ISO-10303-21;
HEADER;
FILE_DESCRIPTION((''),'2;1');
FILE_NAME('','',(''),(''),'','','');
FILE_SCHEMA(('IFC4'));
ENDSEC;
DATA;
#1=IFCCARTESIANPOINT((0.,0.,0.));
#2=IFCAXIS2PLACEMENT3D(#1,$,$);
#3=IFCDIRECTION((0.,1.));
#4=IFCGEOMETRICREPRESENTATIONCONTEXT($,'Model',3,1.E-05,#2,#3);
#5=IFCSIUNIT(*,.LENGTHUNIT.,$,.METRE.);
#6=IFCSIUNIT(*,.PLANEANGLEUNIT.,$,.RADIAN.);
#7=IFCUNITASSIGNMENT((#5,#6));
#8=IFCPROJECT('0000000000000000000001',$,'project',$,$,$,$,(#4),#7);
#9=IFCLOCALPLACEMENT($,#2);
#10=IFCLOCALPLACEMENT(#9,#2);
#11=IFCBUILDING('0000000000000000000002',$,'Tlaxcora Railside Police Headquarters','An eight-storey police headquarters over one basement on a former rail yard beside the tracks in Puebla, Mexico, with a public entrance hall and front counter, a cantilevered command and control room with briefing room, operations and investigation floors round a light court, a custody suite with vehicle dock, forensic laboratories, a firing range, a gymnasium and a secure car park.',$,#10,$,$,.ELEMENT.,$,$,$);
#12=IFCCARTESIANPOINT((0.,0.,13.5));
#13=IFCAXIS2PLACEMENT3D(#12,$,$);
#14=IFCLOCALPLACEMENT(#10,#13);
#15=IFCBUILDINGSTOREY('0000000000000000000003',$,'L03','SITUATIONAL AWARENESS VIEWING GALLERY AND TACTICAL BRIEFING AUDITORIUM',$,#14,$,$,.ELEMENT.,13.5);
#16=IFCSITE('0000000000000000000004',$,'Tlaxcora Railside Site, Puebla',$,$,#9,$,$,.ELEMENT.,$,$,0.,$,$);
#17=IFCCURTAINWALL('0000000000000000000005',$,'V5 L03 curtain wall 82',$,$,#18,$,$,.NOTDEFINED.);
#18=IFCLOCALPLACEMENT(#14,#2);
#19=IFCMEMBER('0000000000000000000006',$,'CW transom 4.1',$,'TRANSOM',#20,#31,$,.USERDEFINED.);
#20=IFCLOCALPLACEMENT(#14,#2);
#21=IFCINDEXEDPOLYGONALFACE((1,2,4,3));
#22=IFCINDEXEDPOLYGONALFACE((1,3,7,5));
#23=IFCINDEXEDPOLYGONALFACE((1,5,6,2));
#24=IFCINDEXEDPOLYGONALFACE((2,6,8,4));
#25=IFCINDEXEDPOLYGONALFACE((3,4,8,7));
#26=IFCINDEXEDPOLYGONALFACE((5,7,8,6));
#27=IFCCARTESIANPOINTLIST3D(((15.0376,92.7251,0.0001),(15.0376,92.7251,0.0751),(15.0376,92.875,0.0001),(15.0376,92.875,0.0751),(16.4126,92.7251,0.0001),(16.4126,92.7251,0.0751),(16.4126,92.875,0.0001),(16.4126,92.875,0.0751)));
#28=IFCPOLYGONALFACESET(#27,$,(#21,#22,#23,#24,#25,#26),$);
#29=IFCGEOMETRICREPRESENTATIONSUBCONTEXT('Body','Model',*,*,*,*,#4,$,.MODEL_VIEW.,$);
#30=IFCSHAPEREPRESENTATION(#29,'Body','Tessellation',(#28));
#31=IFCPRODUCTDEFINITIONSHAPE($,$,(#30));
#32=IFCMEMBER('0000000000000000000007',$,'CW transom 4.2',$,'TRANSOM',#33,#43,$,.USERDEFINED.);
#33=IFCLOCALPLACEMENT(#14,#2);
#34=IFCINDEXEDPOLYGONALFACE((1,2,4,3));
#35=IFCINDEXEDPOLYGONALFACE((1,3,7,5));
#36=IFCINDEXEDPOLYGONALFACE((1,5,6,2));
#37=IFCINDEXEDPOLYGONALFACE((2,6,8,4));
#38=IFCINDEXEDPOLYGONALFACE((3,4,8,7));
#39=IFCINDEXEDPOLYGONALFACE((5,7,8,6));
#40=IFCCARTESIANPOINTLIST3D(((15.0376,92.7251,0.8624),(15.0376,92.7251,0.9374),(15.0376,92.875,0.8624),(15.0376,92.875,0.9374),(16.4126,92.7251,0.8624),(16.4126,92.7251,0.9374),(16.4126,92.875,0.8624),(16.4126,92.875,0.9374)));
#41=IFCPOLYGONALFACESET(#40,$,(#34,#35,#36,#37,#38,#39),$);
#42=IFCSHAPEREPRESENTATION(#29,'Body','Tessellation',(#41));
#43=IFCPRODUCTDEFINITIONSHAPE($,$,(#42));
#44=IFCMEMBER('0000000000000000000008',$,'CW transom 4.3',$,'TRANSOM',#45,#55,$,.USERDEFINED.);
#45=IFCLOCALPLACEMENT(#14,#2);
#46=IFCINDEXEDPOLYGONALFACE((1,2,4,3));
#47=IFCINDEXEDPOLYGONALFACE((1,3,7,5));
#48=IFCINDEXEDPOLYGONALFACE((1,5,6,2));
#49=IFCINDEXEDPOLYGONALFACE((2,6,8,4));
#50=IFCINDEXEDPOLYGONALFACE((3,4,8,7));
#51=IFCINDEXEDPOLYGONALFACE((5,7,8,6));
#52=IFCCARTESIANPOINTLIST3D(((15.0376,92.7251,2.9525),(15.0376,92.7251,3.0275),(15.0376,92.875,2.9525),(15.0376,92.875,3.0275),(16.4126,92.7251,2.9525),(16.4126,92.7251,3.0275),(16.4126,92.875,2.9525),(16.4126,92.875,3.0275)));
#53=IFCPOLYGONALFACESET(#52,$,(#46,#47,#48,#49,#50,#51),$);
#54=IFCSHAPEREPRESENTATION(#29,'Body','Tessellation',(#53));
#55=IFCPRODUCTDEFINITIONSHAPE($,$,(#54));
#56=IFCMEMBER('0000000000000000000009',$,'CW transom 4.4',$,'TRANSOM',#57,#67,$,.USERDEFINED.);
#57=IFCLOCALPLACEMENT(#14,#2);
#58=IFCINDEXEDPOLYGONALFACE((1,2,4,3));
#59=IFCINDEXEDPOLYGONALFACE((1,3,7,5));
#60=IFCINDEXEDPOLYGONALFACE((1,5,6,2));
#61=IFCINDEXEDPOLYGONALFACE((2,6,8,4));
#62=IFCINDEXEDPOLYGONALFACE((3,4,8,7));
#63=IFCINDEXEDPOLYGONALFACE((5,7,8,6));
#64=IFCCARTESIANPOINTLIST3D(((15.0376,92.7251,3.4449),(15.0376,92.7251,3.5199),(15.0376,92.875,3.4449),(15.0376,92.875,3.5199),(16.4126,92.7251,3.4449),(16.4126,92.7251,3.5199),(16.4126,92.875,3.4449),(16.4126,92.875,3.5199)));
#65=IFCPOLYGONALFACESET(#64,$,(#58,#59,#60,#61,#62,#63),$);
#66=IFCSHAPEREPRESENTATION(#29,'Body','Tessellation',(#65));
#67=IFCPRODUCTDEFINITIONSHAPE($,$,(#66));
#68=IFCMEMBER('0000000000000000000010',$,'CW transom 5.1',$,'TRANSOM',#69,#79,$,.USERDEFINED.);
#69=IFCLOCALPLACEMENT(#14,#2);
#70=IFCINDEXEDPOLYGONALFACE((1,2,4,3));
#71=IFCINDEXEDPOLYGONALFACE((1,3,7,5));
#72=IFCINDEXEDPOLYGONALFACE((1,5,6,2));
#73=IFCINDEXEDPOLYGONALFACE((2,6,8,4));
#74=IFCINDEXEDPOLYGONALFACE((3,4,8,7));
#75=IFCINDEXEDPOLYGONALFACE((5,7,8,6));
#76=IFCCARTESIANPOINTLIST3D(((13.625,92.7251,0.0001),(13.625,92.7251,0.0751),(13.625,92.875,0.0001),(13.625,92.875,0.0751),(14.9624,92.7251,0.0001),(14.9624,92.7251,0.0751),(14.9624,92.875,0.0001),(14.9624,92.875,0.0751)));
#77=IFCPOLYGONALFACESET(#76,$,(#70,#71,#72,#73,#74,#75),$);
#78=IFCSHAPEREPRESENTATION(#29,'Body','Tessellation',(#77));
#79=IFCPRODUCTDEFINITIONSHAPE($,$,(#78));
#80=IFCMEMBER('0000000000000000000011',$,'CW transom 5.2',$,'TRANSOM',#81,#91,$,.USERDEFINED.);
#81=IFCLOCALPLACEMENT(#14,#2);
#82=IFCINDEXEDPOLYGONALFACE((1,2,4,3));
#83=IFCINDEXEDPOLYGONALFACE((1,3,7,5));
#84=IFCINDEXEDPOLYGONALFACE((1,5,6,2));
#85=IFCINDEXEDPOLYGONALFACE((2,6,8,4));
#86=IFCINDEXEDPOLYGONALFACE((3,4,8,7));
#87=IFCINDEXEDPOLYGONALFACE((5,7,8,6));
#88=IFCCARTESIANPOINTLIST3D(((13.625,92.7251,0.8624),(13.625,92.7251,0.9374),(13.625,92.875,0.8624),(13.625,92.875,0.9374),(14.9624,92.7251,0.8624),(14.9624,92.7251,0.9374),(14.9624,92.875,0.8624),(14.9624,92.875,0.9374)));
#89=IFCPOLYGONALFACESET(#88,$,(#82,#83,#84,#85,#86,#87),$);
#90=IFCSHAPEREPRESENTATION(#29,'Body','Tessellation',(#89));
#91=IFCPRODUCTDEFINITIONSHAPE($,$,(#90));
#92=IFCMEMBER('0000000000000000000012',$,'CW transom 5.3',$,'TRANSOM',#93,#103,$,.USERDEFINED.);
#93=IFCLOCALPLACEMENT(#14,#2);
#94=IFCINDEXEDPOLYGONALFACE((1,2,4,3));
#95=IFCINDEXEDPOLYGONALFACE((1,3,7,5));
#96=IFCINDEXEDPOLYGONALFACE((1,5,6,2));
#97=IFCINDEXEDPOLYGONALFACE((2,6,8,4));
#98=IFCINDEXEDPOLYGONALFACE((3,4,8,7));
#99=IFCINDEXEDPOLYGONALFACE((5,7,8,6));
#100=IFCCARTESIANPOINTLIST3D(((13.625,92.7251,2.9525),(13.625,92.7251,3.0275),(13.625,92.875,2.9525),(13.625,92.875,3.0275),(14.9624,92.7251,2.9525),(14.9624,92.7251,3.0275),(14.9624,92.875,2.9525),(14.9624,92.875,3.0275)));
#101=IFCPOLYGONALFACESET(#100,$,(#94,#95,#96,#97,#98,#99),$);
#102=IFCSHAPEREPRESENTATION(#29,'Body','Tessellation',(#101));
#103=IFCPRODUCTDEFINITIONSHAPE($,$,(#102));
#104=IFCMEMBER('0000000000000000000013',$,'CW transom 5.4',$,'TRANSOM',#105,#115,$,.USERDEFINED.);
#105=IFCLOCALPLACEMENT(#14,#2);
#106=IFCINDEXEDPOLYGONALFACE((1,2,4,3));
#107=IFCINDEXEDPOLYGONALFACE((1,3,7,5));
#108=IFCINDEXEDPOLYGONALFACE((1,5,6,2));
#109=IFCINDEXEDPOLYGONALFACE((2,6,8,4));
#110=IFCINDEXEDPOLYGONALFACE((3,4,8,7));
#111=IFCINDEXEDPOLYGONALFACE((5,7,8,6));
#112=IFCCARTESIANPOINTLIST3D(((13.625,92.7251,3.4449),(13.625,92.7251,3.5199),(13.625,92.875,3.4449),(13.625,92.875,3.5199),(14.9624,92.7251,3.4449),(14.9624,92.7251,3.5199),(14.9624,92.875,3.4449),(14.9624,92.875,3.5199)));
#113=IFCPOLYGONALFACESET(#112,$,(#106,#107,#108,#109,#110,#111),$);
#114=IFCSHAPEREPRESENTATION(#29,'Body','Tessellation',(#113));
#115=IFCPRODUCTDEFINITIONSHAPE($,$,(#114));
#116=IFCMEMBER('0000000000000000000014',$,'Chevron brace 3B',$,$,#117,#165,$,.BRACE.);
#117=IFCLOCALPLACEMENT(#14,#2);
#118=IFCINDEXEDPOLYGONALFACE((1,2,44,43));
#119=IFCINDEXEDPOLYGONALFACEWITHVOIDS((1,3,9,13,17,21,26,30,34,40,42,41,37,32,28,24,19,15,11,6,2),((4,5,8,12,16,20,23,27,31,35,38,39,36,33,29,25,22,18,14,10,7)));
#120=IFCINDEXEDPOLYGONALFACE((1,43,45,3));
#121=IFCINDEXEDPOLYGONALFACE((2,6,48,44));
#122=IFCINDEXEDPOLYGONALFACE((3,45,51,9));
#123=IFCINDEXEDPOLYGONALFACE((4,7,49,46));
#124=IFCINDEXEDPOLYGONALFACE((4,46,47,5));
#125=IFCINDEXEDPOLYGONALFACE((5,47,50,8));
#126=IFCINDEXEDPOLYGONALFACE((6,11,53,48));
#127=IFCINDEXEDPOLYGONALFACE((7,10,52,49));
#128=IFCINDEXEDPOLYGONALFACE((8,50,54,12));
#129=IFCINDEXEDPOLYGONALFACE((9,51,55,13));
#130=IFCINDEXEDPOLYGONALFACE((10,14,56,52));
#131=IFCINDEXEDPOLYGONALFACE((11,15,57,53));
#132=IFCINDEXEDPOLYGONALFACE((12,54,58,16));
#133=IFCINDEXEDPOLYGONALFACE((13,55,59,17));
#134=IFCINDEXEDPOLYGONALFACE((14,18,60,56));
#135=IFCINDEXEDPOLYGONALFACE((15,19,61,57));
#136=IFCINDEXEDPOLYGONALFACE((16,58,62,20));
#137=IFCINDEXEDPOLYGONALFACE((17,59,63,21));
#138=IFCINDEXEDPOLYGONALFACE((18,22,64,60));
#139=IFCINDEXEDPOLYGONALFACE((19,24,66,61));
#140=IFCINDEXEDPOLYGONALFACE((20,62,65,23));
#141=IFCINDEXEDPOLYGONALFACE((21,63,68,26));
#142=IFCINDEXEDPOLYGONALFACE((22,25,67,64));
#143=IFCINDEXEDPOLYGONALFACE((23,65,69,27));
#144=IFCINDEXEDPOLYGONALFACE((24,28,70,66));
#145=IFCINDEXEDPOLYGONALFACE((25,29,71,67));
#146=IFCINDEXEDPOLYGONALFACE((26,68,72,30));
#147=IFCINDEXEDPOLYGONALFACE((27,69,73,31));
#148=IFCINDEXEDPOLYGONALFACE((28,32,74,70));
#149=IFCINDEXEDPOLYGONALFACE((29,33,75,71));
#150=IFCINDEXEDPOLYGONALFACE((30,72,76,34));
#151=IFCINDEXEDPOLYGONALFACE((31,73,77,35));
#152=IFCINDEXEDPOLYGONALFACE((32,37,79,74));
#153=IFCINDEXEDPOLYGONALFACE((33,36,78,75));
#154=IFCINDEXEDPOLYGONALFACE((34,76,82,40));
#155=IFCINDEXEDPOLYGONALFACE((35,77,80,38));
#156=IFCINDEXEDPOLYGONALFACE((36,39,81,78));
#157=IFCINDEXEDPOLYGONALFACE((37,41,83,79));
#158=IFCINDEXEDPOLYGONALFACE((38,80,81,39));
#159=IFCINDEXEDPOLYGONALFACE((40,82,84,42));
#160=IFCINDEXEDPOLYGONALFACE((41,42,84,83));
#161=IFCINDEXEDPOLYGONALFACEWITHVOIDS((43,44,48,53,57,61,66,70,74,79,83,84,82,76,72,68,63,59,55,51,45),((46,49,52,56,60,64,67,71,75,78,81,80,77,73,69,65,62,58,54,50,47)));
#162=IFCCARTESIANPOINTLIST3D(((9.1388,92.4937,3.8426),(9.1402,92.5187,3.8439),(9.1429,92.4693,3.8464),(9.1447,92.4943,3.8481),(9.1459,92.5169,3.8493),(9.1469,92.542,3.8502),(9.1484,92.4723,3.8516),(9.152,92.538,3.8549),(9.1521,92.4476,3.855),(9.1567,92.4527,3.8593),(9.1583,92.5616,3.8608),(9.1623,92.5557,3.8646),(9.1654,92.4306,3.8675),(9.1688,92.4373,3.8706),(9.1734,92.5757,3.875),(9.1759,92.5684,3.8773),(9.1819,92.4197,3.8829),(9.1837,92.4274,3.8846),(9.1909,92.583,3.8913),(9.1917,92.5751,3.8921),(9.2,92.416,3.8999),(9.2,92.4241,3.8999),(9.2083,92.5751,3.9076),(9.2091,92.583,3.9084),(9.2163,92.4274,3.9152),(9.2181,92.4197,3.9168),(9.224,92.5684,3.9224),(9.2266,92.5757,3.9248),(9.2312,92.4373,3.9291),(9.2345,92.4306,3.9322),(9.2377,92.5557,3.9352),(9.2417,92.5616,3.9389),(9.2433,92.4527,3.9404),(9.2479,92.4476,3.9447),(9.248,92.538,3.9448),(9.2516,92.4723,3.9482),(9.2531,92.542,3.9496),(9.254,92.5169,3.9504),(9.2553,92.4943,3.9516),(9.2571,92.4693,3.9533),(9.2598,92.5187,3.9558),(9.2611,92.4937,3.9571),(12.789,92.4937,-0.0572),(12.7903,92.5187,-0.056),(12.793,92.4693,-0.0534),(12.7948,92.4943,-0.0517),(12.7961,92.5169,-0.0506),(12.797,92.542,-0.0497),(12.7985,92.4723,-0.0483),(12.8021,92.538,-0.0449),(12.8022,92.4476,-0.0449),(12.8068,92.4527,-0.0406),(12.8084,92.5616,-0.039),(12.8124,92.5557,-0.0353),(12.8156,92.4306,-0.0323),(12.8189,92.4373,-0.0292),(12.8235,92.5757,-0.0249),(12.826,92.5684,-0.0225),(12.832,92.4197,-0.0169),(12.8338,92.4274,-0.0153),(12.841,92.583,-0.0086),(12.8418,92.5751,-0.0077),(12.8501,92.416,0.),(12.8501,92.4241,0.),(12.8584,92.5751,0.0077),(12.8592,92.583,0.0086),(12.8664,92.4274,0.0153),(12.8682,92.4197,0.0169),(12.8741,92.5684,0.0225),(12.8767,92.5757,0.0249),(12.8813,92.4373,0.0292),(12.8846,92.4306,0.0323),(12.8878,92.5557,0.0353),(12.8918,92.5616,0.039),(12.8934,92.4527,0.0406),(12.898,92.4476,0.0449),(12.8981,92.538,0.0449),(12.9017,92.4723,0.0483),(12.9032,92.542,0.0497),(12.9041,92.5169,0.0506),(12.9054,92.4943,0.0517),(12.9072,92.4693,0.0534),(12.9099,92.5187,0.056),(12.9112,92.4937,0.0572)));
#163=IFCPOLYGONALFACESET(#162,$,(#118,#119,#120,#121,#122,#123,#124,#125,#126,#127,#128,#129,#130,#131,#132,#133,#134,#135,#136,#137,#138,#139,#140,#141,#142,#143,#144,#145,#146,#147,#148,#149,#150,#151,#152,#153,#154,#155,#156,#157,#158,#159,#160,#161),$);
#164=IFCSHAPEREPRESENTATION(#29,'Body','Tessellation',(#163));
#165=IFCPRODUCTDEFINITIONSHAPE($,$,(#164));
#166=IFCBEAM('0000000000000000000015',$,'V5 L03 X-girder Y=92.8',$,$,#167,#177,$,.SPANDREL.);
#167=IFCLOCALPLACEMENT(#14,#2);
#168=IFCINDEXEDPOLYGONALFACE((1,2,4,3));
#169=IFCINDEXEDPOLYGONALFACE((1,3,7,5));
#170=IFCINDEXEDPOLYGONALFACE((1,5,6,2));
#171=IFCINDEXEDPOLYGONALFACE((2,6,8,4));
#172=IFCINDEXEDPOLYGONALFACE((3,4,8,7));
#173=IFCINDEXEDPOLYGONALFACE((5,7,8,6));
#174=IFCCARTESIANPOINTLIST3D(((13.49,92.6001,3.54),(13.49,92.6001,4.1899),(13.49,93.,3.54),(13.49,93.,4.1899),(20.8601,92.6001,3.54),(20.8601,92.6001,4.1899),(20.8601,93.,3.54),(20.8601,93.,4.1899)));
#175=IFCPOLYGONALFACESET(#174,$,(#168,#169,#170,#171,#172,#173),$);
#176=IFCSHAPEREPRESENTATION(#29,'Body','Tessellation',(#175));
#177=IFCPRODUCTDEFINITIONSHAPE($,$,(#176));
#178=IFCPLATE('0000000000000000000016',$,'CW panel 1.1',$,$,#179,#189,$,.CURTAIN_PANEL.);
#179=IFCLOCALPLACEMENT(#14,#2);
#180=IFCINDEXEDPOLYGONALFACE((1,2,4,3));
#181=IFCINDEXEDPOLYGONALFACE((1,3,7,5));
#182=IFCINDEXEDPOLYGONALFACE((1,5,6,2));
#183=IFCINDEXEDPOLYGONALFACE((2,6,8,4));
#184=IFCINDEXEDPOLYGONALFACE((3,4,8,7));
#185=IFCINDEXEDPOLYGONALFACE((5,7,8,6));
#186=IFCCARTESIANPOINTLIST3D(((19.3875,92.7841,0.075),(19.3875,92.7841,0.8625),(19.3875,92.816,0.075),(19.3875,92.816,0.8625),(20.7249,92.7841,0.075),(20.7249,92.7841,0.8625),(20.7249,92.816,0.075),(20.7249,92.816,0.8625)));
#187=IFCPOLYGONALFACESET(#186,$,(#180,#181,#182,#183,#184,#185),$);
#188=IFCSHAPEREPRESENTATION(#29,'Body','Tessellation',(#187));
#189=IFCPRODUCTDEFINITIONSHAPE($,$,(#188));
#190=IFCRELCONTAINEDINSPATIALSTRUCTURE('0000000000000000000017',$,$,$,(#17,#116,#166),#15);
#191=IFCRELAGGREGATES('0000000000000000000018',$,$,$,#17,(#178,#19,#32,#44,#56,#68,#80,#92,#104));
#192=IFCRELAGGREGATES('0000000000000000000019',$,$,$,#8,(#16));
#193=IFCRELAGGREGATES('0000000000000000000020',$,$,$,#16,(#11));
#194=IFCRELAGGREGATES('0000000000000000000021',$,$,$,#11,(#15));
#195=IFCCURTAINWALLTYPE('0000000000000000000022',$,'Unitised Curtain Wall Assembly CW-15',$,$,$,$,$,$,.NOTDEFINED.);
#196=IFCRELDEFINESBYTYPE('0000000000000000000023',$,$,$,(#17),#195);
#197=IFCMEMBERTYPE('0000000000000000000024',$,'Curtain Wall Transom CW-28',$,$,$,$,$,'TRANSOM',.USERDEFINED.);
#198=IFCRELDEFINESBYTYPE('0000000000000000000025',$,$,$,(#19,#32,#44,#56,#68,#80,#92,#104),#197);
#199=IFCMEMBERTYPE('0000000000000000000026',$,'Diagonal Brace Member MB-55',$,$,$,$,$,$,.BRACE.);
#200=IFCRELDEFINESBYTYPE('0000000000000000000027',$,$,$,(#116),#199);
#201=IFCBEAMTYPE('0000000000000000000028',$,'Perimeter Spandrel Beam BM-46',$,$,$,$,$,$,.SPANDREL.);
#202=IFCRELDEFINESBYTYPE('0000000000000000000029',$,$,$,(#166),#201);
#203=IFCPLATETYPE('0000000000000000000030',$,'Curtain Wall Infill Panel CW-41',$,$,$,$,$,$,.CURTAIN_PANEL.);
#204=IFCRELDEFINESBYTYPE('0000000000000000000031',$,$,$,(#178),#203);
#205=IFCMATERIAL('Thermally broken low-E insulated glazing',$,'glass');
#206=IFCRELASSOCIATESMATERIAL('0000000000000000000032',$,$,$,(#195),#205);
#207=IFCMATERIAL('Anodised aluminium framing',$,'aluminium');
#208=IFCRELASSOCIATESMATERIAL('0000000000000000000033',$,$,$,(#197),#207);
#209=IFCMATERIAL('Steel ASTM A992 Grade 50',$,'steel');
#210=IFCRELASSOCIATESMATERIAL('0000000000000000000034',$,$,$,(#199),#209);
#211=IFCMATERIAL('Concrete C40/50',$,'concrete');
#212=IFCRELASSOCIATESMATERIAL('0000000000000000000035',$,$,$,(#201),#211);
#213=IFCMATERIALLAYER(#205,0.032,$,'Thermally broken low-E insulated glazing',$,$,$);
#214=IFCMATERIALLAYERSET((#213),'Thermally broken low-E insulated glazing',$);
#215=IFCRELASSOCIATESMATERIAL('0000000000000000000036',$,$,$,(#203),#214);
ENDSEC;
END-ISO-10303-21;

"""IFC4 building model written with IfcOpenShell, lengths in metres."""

from ifc_helpers import new_model, si_unit, direction, frame, origin, origin_2d, place, context, subcontext, project, spatial, rectangle, hollow_circle, extrude, material, layer, layer_set, material_profile, profile_set, type_object, element, aggregate, save


model = new_model("IFC4")

# Units and contexts
model_context = context("Model", 3, precision=1e-05, world=origin(), true_north=direction((0.0, 1.0)))
body_context = subcontext(model_context, "Body", "Model", "MODEL_VIEW")
ifc_project = project(units=[si_unit("LENGTHUNIT", "METRE"), si_unit("PLANEANGLEUNIT", "RADIAN")], contexts=[model_context])

# Site, building, storey
site_placement = place(None, origin())
site = spatial("IfcSite", under=ifc_project, at=site_placement, Name="Tlaxcora Railside Site, Puebla", CompositionType="ELEMENT", RefElevation=0.0)
building_placement = place(site_placement, origin())
building = spatial("IfcBuilding", under=site, at=building_placement, Name="Tlaxcora Railside Police Headquarters", Description="An eight-storey police headquarters over one basement on a former rail yard beside the tracks in Puebla, Mexico, with a public entrance hall and front counter, a cantilevered command and control room with briefing room, operations and investigation floors round a light court, a custody suite with vehicle dock, forensic laboratories, a firing range, a gymnasium and a secure car park.", CompositionType="ELEMENT")
storey_placement = place(building_placement, frame((0.0, 0.0, 13.5)))
storey = spatial("IfcBuildingStorey", under=building, at=storey_placement, Name="L03", Description="SITUATIONAL AWARENESS VIEWING GALLERY AND TACTICAL BRIEFING AUDITORIUM", CompositionType="ELEMENT", Elevation=13.5)

# Shared definitions
ifc_material_1 = material(Name="Concrete C40/50", Category="concrete")

# Curtain wall, members
ifc_material_2 = material(Name="Thermally broken low-E insulated glazing", Category="glass")
curtain_wall_type = type_object("IfcCurtainWallType", Name="Unitised Curtain Wall Assembly CW-15", PredefinedType="NOTDEFINED", material=ifc_material_2)
curtain_wall_placement = place(storey_placement, origin())
curtain_wall = element("IfcCurtainWall", 1, at=curtain_wall_placement, inside=storey, type_object=curtain_wall_type, Name="V5 L03 curtain wall 82", PredefinedType="NOTDEFINED")
ifc_material_3 = material(Name="Anodised aluminium framing", Category="aluminium")
ifc_material_profile_1 = material_profile(ifc_material_3, rectangle(XDim=0.1499, YDim=0.075, at=origin_2d()), Name="AL75X150")
ifc_profile_set_1 = profile_set([ifc_material_profile_1], Name="Anodised aluminium framing")
member_type_1 = type_object("IfcMemberType", Name="Curtain Wall Transom CW-28", ElementType="TRANSOM", PredefinedType="USERDEFINED", material=ifc_profile_set_1)
member_1_placement = place(storey_placement, frame((16.4126, 92.8, 0.0376), z_axis=(-1.0, 0.0, 0.0), x_axis=(0.0, -1.0, 0.0)))
member_1 = element("IfcMember", 2, at=member_1_placement, type_object=member_type_1, Name="CW transom 4.1", ObjectType="TRANSOM", PredefinedType="USERDEFINED", context=body_context, shape_type="SweptSolid", body=[
    extrude(rectangle(XDim=0.1499, YDim=0.075, at=origin_2d()), origin(), (0.0, 0.0, 1.0), 1.375),
])
member_2_placement = place(storey_placement, frame((16.4126, 92.8, 0.8999), z_axis=(-1.0, 0.0, 0.0), x_axis=(0.0, -1.0, 0.0)))
member_2 = element("IfcMember", 3, at=member_2_placement, type_object=member_type_1, Name="CW transom 4.2", ObjectType="TRANSOM", PredefinedType="USERDEFINED", context=body_context, shape_type="SweptSolid", body=[
    extrude(rectangle(XDim=0.1499, YDim=0.075, at=origin_2d()), origin(), (0.0, 0.0, 1.0), 1.375),
])
member_3_placement = place(storey_placement, frame((16.4126, 92.8, 2.99), z_axis=(-1.0, 0.0, 0.0), x_axis=(0.0, -1.0, 0.0)))
member_3 = element("IfcMember", 4, at=member_3_placement, type_object=member_type_1, Name="CW transom 4.3", ObjectType="TRANSOM", PredefinedType="USERDEFINED", context=body_context, shape_type="SweptSolid", body=[
    extrude(rectangle(XDim=0.1499, YDim=0.075, at=origin_2d()), origin(), (0.0, 0.0, 1.0), 1.375),
])
member_4_placement = place(storey_placement, frame((16.4126, 92.8, 3.4824), z_axis=(-1.0, 0.0, 0.0), x_axis=(0.0, -1.0, 0.0)))
member_4 = element("IfcMember", 5, at=member_4_placement, type_object=member_type_1, Name="CW transom 4.4", ObjectType="TRANSOM", PredefinedType="USERDEFINED", context=body_context, shape_type="SweptSolid", body=[
    extrude(rectangle(XDim=0.1499, YDim=0.075, at=origin_2d()), origin(), (0.0, 0.0, 1.0), 1.375),
])
member_5_placement = place(storey_placement, frame((14.9624, 92.8, 0.0376), z_axis=(-1.0, 0.0, 0.0), x_axis=(0.0, -1.0, 0.0)))
member_5 = element("IfcMember", 6, at=member_5_placement, type_object=member_type_1, Name="CW transom 5.1", ObjectType="TRANSOM", PredefinedType="USERDEFINED", context=body_context, shape_type="SweptSolid", body=[
    extrude(rectangle(XDim=0.1499, YDim=0.075, at=origin_2d()), origin(), (0.0, 0.0, 1.0), 1.3374),
])
member_6_placement = place(storey_placement, frame((14.9624, 92.8, 0.8999), z_axis=(-1.0, 0.0, 0.0), x_axis=(0.0, -1.0, 0.0)))
member_6 = element("IfcMember", 7, at=member_6_placement, type_object=member_type_1, Name="CW transom 5.2", ObjectType="TRANSOM", PredefinedType="USERDEFINED", context=body_context, shape_type="SweptSolid", body=[
    extrude(rectangle(XDim=0.1499, YDim=0.075, at=origin_2d()), origin(), (0.0, 0.0, 1.0), 1.3374),
])
member_7_placement = place(storey_placement, frame((14.9624, 92.8, 2.99), z_axis=(-1.0, 0.0, 0.0), x_axis=(0.0, -1.0, 0.0)))
member_7 = element("IfcMember", 8, at=member_7_placement, type_object=member_type_1, Name="CW transom 5.3", ObjectType="TRANSOM", PredefinedType="USERDEFINED", context=body_context, shape_type="SweptSolid", body=[
    extrude(rectangle(XDim=0.1499, YDim=0.075, at=origin_2d()), origin(), (0.0, 0.0, 1.0), 1.3374),
])
member_8_placement = place(storey_placement, frame((14.9624, 92.8, 3.4824), z_axis=(-1.0, 0.0, 0.0), x_axis=(0.0, -1.0, 0.0)))
member_8 = element("IfcMember", 9, at=member_8_placement, type_object=member_type_1, Name="CW transom 5.4", ObjectType="TRANSOM", PredefinedType="USERDEFINED", context=body_context, shape_type="SweptSolid", body=[
    extrude(rectangle(XDim=0.1499, YDim=0.075, at=origin_2d()), origin(), (0.0, 0.0, 1.0), 1.3374),
])

# Member
ifc_material_4 = material(Name="Steel ASTM A992 Grade 50", Category="steel")
ifc_material_profile_2 = material_profile(ifc_material_4, hollow_circle(Radius=0.084, WallThickness=0.0081, at=origin_2d()), Name="CHS168X8")
ifc_profile_set_2 = profile_set([ifc_material_profile_2], Name="Steel ASTM A992 Grade 50")
member_type_2 = type_object("IfcMemberType", Name="Diagonal Brace Member MB-55", PredefinedType="BRACE", material=ifc_profile_set_2)
member_9_placement = place(storey_placement, frame((12.8501, 92.5, 0.0), z_axis=(-0.683342, 0.0, 0.730099), x_axis=(0.0, -1.0, 0.0)))
element("IfcMember", 10, at=member_9_placement, inside=storey, type_object=member_type_2, Name="Chevron brace 3B", PredefinedType="BRACE", context=body_context, shape_type="SweptSolid", body=[
    extrude(hollow_circle(Radius=0.084, WallThickness=0.0081, at=origin_2d()), origin(), (0.0, 0.0, 1.0), 5.3416),
])

# Beam
ifc_material_profile_3 = material_profile(ifc_material_1, rectangle(XDim=0.3999, YDim=0.6499, at=origin_2d()), Name="RC400X650")
ifc_profile_set_3 = profile_set([ifc_material_profile_3], Name="Concrete C40/50")
beam_type = type_object("IfcBeamType", Name="Perimeter Spandrel Beam BM-46", PredefinedType="SPANDREL", material=ifc_profile_set_3)
beam_placement = place(storey_placement, frame((13.49, 92.8, 3.865), z_axis=(1.0, 0.0, 0.0), x_axis=(0.0, 1.0, 0.0)))
element("IfcBeam", 11, at=beam_placement, inside=storey, type_object=beam_type, Name="V5 L03 X-girder Y=92.8", PredefinedType="SPANDREL", context=body_context, shape_type="SweptSolid", body=[
    extrude(rectangle(XDim=0.3999, YDim=0.6499, at=origin_2d()), origin(), (0.0, 0.0, 1.0), 7.3701),
])

# Plate
ifc_layer_1 = layer(ifc_material_2, 0.032, Name="Thermally broken low-E insulated glazing")
ifc_layer_set_1 = layer_set([ifc_layer_1], Name="Thermally broken low-E insulated glazing")
plate_type_1 = type_object("IfcPlateType", Name="Curtain Wall Infill Panel CW-41", PredefinedType="CURTAIN_PANEL", material=ifc_layer_set_1)
plate_1_placement = place(storey_placement, frame((20.0562, 92.8, 0.075), z_axis=(0.0, 0.0, 1.0), x_axis=(-1.0, 0.0, 0.0)))
plate_1 = element("IfcPlate", 12, at=plate_1_placement, type_object=plate_type_1, Name="CW panel 1.1", PredefinedType="CURTAIN_PANEL", context=body_context, shape_type="SweptSolid", body=[
    extrude(rectangle(XDim=1.3374, YDim=0.032, at=origin_2d()), origin(), (0.0, 0.0, 1.0), 0.7876),
])
aggregate(curtain_wall, [plate_1, member_1, member_2, member_3, member_4, member_5, member_6, member_7, member_8])

save(model, "model.ifc")
